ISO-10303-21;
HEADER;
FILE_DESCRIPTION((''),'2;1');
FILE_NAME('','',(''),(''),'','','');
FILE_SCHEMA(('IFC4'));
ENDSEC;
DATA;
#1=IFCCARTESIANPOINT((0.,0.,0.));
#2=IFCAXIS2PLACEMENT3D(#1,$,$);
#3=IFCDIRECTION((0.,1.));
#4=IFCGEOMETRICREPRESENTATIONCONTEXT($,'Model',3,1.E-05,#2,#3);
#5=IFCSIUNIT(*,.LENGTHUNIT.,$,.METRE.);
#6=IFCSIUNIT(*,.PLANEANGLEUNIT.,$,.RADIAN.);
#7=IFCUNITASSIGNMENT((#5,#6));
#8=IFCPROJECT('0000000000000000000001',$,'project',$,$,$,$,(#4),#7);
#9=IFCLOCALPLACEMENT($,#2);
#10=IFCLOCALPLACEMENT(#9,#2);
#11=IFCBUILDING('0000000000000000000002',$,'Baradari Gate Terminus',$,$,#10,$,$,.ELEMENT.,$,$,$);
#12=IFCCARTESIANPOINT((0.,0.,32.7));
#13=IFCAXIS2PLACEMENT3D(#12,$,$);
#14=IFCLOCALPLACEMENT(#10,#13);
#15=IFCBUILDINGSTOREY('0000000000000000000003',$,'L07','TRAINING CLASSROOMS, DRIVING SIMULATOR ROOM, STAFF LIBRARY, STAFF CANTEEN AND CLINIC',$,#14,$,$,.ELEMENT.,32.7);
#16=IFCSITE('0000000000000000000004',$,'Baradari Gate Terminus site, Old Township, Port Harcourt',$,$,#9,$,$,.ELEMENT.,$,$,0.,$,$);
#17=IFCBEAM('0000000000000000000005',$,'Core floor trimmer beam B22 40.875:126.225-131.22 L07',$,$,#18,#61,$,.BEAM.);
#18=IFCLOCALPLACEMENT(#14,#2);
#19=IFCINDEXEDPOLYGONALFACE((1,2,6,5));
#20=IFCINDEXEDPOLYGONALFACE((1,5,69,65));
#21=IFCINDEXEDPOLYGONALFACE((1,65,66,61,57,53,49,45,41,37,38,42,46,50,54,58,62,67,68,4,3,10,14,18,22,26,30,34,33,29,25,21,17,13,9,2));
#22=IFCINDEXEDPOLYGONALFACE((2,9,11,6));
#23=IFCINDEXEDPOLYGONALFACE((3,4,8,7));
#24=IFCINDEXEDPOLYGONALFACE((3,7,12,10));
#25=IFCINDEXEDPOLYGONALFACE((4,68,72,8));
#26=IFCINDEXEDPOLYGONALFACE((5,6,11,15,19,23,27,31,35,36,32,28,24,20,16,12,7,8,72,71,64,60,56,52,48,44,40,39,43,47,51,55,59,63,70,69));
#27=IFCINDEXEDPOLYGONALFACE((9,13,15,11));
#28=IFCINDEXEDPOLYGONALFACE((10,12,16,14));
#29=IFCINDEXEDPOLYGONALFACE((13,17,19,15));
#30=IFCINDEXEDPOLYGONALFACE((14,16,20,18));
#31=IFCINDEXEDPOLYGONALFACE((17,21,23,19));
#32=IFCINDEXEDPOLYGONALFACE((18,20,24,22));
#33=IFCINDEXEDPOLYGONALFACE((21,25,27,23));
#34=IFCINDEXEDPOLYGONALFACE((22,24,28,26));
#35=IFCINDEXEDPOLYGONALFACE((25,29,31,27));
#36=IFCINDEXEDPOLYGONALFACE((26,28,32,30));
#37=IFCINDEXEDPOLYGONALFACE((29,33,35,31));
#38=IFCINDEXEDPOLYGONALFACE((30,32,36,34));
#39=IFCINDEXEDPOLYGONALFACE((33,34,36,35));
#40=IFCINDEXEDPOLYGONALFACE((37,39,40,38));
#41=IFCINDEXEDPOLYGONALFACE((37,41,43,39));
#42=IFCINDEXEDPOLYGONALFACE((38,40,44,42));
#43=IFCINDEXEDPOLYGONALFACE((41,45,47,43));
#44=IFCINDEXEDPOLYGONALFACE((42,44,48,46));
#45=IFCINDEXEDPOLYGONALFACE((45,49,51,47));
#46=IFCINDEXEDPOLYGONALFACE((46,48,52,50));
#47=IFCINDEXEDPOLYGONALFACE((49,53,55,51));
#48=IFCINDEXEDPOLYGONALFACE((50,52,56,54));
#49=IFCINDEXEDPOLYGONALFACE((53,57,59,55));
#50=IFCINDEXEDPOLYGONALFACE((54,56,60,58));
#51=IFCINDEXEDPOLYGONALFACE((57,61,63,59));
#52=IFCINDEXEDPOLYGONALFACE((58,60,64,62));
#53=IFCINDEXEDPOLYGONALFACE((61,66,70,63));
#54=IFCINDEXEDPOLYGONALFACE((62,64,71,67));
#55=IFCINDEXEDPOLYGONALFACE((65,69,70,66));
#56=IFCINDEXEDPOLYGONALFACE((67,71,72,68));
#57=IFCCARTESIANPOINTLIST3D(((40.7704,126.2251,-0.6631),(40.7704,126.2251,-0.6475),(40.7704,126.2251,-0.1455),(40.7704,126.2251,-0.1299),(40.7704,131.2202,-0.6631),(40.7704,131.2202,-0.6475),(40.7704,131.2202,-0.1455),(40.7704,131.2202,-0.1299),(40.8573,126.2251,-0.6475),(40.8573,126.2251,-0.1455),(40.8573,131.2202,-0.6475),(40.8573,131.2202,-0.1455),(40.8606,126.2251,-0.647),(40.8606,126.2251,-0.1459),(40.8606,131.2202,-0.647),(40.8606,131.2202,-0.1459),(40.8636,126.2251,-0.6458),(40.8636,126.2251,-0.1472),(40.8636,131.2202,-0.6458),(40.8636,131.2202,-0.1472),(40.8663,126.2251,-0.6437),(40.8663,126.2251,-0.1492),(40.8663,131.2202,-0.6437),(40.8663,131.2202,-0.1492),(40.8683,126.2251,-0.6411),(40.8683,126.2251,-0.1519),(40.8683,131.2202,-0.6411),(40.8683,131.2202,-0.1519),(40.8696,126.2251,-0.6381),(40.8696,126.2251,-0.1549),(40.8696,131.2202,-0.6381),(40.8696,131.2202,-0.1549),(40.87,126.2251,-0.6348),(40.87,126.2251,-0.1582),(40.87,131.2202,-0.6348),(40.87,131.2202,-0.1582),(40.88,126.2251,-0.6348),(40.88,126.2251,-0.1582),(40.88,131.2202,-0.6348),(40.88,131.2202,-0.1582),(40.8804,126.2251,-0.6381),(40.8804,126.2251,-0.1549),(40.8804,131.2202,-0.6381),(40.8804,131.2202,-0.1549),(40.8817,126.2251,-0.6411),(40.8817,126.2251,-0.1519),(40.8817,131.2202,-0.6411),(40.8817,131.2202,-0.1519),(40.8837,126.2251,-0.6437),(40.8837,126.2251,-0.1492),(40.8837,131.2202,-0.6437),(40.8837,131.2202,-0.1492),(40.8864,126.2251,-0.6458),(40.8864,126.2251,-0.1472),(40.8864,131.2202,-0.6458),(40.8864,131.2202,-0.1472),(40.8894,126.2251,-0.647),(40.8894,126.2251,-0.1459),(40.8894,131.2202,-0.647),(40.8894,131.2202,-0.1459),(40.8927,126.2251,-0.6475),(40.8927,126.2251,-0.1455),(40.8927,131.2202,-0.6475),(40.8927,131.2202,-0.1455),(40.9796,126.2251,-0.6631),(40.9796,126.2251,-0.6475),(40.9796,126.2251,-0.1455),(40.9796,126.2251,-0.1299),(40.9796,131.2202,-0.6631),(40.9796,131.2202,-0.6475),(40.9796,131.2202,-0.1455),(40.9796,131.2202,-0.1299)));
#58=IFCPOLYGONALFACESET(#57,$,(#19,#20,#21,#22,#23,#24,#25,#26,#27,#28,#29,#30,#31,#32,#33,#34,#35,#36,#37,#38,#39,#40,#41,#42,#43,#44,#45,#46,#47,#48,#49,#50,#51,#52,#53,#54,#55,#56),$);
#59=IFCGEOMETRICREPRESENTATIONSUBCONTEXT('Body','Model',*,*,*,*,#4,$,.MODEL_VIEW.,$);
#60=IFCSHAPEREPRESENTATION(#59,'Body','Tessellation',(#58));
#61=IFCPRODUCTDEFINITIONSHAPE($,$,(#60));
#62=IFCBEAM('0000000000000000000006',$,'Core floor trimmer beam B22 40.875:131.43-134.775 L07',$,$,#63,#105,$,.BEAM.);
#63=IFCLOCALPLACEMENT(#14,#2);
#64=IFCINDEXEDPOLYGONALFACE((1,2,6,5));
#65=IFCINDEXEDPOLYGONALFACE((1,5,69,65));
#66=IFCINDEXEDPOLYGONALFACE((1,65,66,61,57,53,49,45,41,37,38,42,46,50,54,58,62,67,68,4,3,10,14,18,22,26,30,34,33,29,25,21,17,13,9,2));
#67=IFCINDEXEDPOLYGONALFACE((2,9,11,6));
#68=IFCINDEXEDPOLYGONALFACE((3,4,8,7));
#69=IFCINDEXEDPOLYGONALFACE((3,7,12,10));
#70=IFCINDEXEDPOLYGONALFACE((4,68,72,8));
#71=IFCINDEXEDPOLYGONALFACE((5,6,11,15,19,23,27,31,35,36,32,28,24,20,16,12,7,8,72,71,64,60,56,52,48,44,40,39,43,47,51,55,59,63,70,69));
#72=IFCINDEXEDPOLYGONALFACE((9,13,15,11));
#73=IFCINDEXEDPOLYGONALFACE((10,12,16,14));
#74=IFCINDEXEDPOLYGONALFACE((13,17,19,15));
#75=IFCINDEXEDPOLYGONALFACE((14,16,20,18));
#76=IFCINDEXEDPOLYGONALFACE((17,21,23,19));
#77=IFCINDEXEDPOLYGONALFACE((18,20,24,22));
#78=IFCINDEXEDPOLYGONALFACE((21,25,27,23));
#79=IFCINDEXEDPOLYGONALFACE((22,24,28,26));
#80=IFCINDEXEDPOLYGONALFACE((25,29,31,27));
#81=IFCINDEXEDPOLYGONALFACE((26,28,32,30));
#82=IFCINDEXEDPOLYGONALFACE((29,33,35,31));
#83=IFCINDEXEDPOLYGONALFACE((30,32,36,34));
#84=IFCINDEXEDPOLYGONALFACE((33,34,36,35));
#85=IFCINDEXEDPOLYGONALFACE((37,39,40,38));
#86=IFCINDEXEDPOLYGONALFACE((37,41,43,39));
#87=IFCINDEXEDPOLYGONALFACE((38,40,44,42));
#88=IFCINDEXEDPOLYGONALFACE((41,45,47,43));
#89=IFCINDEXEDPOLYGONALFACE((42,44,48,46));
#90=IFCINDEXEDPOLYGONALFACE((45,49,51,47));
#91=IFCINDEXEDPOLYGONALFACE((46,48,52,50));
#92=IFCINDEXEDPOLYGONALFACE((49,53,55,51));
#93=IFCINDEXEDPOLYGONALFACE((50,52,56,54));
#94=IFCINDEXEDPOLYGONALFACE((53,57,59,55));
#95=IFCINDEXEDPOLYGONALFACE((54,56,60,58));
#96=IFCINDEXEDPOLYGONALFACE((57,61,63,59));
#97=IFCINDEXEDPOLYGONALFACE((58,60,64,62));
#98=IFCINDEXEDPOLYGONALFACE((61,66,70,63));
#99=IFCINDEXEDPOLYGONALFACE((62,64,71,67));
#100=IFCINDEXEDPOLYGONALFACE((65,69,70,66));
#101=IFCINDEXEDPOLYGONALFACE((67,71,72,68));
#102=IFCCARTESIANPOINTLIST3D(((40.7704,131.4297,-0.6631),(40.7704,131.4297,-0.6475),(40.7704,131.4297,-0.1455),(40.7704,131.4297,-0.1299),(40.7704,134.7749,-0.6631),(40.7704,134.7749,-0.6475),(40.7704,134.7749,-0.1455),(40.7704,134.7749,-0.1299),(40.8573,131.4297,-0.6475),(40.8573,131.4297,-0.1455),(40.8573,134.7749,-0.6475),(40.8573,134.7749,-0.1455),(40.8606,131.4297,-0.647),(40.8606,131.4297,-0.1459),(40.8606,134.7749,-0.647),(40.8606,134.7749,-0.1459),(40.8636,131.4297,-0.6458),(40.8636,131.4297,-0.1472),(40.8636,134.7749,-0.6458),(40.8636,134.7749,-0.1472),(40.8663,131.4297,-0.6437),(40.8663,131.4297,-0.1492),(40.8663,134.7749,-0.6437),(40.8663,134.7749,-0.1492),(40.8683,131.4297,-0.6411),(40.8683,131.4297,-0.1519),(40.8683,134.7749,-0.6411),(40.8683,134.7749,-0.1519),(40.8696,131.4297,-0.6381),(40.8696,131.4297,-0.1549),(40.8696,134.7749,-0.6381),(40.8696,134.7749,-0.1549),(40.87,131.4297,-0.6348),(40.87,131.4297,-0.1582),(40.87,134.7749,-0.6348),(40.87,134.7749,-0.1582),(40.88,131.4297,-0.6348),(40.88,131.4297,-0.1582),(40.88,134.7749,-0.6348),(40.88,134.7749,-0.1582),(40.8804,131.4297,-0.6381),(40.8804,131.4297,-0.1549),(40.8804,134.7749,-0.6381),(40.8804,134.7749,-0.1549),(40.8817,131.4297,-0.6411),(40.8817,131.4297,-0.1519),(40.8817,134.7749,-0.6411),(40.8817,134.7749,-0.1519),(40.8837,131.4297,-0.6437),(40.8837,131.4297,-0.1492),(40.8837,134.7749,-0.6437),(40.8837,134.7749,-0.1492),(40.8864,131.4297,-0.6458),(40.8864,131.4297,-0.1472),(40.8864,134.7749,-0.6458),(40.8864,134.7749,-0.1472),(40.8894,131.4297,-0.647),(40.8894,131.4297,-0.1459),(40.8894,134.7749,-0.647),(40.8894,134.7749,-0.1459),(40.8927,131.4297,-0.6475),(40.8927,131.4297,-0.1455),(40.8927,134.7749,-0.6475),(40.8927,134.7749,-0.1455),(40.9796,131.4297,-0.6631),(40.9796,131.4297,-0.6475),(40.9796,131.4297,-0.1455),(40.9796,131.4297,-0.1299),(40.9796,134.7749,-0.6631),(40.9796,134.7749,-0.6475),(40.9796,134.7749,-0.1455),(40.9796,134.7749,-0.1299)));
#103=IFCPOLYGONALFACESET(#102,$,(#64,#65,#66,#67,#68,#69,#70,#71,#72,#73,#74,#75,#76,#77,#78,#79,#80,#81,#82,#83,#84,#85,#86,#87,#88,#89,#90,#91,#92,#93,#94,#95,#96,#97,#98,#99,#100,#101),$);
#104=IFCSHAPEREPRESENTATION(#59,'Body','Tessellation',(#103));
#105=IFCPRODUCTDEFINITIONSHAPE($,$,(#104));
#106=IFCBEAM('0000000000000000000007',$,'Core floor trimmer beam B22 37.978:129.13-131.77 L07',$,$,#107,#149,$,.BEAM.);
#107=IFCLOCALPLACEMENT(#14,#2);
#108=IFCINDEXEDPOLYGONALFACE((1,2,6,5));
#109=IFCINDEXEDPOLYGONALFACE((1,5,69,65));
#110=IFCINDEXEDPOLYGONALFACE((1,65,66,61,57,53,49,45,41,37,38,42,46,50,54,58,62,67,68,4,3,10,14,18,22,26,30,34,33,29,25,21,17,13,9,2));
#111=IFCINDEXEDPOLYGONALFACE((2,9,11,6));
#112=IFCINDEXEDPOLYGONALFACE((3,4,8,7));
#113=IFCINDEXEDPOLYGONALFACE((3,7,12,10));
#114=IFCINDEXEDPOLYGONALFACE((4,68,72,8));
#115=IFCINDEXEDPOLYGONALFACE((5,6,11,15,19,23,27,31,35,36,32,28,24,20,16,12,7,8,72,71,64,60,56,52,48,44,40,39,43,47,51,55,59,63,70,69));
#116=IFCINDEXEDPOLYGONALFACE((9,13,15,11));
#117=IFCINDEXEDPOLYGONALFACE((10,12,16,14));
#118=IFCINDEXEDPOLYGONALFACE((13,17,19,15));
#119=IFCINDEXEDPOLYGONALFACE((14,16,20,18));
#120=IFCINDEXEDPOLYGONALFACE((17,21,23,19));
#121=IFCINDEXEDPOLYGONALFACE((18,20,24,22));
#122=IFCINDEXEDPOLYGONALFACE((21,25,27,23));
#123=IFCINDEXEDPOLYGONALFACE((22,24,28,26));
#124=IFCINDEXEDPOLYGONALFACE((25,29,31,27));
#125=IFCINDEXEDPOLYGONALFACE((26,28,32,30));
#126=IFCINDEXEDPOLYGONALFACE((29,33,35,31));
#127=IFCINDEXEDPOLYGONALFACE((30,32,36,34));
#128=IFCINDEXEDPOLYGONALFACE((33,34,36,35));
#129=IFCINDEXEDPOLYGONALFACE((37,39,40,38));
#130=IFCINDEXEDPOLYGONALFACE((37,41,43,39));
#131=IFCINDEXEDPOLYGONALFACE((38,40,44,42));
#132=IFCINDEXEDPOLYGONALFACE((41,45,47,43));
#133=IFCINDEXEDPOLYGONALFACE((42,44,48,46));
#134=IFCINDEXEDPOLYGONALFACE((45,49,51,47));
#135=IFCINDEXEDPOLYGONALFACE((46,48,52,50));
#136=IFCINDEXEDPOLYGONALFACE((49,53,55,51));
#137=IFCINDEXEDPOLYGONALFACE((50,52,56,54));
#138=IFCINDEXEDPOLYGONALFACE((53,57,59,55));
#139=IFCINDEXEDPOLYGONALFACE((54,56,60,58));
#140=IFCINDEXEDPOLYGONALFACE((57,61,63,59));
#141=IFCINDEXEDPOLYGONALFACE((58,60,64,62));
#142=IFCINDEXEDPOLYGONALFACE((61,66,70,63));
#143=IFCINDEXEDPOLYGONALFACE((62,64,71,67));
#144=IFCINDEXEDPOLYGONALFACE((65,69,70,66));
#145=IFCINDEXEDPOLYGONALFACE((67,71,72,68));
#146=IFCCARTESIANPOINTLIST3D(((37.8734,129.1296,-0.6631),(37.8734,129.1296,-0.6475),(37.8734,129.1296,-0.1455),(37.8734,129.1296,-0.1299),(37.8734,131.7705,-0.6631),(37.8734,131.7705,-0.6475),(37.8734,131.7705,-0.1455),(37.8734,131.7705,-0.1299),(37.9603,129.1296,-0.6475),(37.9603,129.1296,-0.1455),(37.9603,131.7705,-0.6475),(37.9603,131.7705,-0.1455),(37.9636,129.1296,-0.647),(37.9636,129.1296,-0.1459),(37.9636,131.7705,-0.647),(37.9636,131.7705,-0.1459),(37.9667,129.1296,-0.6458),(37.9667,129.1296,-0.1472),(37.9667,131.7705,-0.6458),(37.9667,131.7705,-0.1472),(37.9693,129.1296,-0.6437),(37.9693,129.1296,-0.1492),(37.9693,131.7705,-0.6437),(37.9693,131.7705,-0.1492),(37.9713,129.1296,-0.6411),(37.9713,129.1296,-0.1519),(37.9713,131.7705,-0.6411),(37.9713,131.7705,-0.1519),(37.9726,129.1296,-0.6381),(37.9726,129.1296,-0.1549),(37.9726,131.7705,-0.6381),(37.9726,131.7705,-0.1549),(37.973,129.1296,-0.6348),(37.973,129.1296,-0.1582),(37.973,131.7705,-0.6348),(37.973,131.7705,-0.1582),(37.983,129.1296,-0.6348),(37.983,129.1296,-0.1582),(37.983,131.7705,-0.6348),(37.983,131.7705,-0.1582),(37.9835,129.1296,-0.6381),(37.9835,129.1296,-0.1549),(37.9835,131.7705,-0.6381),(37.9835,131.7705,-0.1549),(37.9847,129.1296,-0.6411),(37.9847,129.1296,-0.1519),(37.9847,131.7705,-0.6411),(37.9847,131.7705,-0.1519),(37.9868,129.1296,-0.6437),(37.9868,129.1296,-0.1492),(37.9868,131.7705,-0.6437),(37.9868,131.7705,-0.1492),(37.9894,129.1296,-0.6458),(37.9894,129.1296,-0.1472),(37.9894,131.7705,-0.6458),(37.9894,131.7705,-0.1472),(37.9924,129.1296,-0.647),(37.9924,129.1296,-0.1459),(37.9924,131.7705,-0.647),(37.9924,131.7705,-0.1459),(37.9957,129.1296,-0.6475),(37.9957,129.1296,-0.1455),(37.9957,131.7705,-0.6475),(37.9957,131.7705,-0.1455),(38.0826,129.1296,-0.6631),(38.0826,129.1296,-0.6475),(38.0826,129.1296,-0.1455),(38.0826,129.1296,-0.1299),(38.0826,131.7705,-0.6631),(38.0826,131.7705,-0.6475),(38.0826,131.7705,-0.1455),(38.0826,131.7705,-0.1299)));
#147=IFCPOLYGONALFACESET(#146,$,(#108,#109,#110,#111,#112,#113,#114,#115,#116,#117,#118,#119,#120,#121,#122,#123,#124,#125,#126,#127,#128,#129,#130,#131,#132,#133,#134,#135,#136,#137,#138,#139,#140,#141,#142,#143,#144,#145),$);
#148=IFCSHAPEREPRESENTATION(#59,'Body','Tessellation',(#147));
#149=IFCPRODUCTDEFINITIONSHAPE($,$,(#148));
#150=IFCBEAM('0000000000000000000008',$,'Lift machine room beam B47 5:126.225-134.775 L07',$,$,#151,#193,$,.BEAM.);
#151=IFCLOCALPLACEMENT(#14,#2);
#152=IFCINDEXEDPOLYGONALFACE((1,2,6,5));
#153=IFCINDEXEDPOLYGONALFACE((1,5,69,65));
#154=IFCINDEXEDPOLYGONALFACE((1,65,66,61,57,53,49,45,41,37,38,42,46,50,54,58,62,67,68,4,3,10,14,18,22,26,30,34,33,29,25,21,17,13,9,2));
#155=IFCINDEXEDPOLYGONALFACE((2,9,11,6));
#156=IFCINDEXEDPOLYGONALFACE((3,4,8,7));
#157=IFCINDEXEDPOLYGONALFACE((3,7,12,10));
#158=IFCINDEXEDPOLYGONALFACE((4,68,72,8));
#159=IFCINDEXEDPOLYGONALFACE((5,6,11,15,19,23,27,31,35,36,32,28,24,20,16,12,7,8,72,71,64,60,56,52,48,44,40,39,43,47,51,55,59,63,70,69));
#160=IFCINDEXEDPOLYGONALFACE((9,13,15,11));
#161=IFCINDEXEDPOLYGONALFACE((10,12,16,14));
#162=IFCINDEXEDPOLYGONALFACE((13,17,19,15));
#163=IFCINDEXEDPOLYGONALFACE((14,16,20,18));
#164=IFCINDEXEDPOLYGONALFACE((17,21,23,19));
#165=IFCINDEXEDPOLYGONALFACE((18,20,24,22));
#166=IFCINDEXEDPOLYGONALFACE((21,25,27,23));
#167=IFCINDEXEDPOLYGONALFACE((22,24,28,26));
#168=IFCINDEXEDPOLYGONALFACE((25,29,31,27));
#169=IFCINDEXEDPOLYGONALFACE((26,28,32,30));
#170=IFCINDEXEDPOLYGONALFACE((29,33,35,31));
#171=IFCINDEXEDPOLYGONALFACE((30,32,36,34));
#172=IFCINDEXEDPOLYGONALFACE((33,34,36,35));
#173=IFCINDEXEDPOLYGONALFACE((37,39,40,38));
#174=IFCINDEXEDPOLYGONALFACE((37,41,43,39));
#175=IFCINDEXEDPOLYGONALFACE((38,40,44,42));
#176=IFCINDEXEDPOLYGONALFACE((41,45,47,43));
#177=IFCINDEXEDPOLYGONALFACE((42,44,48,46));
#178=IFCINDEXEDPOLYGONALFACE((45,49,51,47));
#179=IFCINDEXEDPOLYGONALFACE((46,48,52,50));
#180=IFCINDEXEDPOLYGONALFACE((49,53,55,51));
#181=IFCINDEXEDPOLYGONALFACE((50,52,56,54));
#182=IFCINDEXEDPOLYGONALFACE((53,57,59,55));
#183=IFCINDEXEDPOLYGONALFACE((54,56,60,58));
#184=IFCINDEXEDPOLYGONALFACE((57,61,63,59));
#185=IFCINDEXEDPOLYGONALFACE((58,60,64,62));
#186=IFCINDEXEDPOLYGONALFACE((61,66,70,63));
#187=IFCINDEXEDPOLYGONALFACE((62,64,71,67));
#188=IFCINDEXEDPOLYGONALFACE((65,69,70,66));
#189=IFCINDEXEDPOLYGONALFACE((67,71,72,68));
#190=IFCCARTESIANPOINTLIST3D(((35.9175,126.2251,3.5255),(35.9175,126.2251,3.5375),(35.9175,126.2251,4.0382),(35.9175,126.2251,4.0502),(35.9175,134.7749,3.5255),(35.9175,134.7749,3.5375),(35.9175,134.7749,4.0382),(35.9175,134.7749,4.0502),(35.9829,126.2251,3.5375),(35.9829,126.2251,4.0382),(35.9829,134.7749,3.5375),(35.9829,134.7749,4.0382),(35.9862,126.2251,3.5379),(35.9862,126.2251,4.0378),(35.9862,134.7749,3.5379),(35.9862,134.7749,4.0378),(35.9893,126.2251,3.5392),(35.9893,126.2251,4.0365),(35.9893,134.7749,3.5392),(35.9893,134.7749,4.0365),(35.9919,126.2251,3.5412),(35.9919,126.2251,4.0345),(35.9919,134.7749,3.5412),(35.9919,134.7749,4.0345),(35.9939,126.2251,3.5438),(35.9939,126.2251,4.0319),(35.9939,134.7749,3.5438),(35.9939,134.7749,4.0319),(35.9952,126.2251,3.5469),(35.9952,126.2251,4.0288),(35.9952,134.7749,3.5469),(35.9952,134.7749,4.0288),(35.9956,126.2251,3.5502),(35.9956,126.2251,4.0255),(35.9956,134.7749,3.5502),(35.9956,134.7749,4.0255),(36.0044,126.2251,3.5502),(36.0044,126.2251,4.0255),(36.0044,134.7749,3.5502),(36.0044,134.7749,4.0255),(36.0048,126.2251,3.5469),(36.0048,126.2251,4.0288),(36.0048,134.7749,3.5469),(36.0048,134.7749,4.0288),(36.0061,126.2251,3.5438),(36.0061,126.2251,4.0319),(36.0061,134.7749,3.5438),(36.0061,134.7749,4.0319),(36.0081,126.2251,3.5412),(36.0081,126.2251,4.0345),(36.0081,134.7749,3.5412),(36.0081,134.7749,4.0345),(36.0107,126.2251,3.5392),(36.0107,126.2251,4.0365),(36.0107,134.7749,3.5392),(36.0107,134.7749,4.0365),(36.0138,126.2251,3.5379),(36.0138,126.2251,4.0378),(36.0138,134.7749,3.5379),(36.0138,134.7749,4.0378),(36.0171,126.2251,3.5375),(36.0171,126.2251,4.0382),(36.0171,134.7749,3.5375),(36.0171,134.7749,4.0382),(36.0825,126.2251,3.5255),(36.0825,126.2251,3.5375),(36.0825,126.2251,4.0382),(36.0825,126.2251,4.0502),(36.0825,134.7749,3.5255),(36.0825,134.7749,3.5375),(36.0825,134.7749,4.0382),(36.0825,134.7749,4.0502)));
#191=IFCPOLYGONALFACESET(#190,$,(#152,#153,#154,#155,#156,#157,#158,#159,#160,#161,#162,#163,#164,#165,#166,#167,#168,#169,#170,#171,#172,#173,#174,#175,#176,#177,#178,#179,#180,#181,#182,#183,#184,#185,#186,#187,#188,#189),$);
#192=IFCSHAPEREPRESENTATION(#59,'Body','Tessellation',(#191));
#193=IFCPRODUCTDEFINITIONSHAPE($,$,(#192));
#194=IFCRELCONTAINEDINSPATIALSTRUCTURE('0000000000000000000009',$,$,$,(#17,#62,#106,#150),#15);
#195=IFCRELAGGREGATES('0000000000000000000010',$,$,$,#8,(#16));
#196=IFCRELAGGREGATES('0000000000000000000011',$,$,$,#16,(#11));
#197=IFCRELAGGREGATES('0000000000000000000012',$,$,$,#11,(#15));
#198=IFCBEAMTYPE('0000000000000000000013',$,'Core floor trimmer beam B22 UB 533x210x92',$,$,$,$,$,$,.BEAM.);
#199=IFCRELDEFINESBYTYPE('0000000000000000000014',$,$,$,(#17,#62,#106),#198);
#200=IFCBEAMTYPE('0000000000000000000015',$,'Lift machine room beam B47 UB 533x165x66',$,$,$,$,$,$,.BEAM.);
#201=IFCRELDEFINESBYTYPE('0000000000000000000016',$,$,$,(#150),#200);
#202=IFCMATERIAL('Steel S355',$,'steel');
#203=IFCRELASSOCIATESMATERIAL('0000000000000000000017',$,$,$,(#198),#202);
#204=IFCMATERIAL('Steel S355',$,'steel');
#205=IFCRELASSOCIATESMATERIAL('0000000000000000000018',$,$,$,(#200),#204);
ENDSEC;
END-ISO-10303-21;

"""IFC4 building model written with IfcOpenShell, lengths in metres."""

from ifc_helpers import new_model, si_unit, direction, frame, origin, origin_2d, place, context, subcontext, project, spatial, i_section, extrude, material, material_profile, profile_set, type_object, element, save


model = new_model("IFC4")

# Units and contexts
model_context = context("Model", 3, precision=1e-05, world=origin(), true_north=direction((0.0, 1.0)))
body_context = subcontext(model_context, "Body", "Model", "MODEL_VIEW")
ifc_project = project(units=[si_unit("LENGTHUNIT", "METRE"), si_unit("PLANEANGLEUNIT", "RADIAN")], contexts=[model_context])

# Site, building, storey
site_placement = place(None, origin())
site = spatial("IfcSite", under=ifc_project, at=site_placement, Name="Baradari Gate Terminus site, Old Township, Port Harcourt", CompositionType="ELEMENT", RefElevation=0.0)
building_placement = place(site_placement, origin())
building = spatial("IfcBuilding", under=site, at=building_placement, Name="Baradari Gate Terminus", CompositionType="ELEMENT")
storey_placement = place(building_placement, frame((0.0, 0.0, 32.7)))
storey = spatial("IfcBuildingStorey", under=building, at=storey_placement, Name="L07", Description="TRAINING CLASSROOMS, DRIVING SIMULATOR ROOM, STAFF LIBRARY, STAFF CANTEEN AND CLINIC", CompositionType="ELEMENT", Elevation=32.7)

# Beams
ifc_material_1 = material(Name="Steel S355", Category="steel")
ifc_material_profile_1 = material_profile(ifc_material_1, i_section(OverallWidth=0.2092, OverallDepth=0.5332, WebThickness=0.01, FlangeThickness=0.0156, FilletRadius=0.0127, at=origin_2d()), Name="UB 533x210x92")
ifc_profile_set_1 = profile_set([ifc_material_profile_1], Name="Steel S355")
beam_type_1 = type_object("IfcBeamType", Name="Core floor trimmer beam B22 UB 533x210x92", PredefinedType="BEAM", material=ifc_profile_set_1)
beam_1_placement = place(storey_placement, frame((40.875, 126.2251, -0.3965), z_axis=(0.0, 1.0, 0.0), x_axis=(-1.0, 0.0, 0.0)))
element("IfcBeam", 1, at=beam_1_placement, inside=storey, type_object=beam_type_1, Name="Core floor trimmer beam B22 40.875:126.225-131.22 L07", PredefinedType="BEAM", context=body_context, shape_type="SweptSolid", body=[
    extrude(i_section(OverallWidth=0.2092, OverallDepth=0.5332, WebThickness=0.01, FlangeThickness=0.0156, FilletRadius=0.0127, at=origin_2d()), origin(), (0.0, 0.0, 1.0), 4.9951),
])
beam_2_placement = place(storey_placement, frame((40.875, 131.4297, -0.3965), z_axis=(0.0, 1.0, 0.0), x_axis=(-1.0, 0.0, 0.0)))
element("IfcBeam", 2, at=beam_2_placement, inside=storey, type_object=beam_type_1, Name="Core floor trimmer beam B22 40.875:131.43-134.775 L07", PredefinedType="BEAM", context=body_context, shape_type="SweptSolid", body=[
    extrude(i_section(OverallWidth=0.2092, OverallDepth=0.5332, WebThickness=0.01, FlangeThickness=0.0156, FilletRadius=0.0127, at=origin_2d()), origin(), (0.0, 0.0, 1.0), 3.3452),
])
beam_3_placement = place(storey_placement, frame((37.978, 129.1296, -0.3965), z_axis=(0.0, 1.0, 0.0), x_axis=(-1.0, 0.0, 0.0)))
element("IfcBeam", 3, at=beam_3_placement, inside=storey, type_object=beam_type_1, Name="Core floor trimmer beam B22 37.978:129.13-131.77 L07", PredefinedType="BEAM", context=body_context, shape_type="SweptSolid", body=[
    extrude(i_section(OverallWidth=0.2092, OverallDepth=0.5332, WebThickness=0.01, FlangeThickness=0.0156, FilletRadius=0.0127, at=origin_2d()), origin(), (0.0, 0.0, 1.0), 2.6409),
])
ifc_material_2 = material(Name="Steel S355", Category="steel")
ifc_material_profile_2 = material_profile(ifc_material_2, i_section(OverallWidth=0.165, OverallDepth=0.5247, WebThickness=0.0088, FlangeThickness=0.012, FilletRadius=0.0127, at=origin_2d()), Name="UB 533x165x66")
ifc_profile_set_2 = profile_set([ifc_material_profile_2], Name="Steel S355")
beam_type_2 = type_object("IfcBeamType", Name="Lift machine room beam B47 UB 533x165x66", PredefinedType="BEAM", material=ifc_profile_set_2)
for number, where, z_axis, x_axis, name in (
    (4, (36.0, 126.2251, 3.7878), (0.0, 1.0, 0.0), (-1.0, 0.0, 0.0), "Lift machine room beam B47 5:126.225-134.775 L07"),
):
    element("IfcBeam", number, at=place(storey_placement, frame(where, z_axis=z_axis, x_axis=x_axis)), inside=storey, type_object=beam_type_2, Name=name, PredefinedType="BEAM", context=body_context, shape_type="SweptSolid", body=[
        extrude(i_section(OverallWidth=0.165, OverallDepth=0.5247, WebThickness=0.0088, FlangeThickness=0.012, FilletRadius=0.0127, at=origin_2d()), origin(), (0.0, 0.0, 1.0), 8.5498),
    ])

save(model, "model.ifc")
